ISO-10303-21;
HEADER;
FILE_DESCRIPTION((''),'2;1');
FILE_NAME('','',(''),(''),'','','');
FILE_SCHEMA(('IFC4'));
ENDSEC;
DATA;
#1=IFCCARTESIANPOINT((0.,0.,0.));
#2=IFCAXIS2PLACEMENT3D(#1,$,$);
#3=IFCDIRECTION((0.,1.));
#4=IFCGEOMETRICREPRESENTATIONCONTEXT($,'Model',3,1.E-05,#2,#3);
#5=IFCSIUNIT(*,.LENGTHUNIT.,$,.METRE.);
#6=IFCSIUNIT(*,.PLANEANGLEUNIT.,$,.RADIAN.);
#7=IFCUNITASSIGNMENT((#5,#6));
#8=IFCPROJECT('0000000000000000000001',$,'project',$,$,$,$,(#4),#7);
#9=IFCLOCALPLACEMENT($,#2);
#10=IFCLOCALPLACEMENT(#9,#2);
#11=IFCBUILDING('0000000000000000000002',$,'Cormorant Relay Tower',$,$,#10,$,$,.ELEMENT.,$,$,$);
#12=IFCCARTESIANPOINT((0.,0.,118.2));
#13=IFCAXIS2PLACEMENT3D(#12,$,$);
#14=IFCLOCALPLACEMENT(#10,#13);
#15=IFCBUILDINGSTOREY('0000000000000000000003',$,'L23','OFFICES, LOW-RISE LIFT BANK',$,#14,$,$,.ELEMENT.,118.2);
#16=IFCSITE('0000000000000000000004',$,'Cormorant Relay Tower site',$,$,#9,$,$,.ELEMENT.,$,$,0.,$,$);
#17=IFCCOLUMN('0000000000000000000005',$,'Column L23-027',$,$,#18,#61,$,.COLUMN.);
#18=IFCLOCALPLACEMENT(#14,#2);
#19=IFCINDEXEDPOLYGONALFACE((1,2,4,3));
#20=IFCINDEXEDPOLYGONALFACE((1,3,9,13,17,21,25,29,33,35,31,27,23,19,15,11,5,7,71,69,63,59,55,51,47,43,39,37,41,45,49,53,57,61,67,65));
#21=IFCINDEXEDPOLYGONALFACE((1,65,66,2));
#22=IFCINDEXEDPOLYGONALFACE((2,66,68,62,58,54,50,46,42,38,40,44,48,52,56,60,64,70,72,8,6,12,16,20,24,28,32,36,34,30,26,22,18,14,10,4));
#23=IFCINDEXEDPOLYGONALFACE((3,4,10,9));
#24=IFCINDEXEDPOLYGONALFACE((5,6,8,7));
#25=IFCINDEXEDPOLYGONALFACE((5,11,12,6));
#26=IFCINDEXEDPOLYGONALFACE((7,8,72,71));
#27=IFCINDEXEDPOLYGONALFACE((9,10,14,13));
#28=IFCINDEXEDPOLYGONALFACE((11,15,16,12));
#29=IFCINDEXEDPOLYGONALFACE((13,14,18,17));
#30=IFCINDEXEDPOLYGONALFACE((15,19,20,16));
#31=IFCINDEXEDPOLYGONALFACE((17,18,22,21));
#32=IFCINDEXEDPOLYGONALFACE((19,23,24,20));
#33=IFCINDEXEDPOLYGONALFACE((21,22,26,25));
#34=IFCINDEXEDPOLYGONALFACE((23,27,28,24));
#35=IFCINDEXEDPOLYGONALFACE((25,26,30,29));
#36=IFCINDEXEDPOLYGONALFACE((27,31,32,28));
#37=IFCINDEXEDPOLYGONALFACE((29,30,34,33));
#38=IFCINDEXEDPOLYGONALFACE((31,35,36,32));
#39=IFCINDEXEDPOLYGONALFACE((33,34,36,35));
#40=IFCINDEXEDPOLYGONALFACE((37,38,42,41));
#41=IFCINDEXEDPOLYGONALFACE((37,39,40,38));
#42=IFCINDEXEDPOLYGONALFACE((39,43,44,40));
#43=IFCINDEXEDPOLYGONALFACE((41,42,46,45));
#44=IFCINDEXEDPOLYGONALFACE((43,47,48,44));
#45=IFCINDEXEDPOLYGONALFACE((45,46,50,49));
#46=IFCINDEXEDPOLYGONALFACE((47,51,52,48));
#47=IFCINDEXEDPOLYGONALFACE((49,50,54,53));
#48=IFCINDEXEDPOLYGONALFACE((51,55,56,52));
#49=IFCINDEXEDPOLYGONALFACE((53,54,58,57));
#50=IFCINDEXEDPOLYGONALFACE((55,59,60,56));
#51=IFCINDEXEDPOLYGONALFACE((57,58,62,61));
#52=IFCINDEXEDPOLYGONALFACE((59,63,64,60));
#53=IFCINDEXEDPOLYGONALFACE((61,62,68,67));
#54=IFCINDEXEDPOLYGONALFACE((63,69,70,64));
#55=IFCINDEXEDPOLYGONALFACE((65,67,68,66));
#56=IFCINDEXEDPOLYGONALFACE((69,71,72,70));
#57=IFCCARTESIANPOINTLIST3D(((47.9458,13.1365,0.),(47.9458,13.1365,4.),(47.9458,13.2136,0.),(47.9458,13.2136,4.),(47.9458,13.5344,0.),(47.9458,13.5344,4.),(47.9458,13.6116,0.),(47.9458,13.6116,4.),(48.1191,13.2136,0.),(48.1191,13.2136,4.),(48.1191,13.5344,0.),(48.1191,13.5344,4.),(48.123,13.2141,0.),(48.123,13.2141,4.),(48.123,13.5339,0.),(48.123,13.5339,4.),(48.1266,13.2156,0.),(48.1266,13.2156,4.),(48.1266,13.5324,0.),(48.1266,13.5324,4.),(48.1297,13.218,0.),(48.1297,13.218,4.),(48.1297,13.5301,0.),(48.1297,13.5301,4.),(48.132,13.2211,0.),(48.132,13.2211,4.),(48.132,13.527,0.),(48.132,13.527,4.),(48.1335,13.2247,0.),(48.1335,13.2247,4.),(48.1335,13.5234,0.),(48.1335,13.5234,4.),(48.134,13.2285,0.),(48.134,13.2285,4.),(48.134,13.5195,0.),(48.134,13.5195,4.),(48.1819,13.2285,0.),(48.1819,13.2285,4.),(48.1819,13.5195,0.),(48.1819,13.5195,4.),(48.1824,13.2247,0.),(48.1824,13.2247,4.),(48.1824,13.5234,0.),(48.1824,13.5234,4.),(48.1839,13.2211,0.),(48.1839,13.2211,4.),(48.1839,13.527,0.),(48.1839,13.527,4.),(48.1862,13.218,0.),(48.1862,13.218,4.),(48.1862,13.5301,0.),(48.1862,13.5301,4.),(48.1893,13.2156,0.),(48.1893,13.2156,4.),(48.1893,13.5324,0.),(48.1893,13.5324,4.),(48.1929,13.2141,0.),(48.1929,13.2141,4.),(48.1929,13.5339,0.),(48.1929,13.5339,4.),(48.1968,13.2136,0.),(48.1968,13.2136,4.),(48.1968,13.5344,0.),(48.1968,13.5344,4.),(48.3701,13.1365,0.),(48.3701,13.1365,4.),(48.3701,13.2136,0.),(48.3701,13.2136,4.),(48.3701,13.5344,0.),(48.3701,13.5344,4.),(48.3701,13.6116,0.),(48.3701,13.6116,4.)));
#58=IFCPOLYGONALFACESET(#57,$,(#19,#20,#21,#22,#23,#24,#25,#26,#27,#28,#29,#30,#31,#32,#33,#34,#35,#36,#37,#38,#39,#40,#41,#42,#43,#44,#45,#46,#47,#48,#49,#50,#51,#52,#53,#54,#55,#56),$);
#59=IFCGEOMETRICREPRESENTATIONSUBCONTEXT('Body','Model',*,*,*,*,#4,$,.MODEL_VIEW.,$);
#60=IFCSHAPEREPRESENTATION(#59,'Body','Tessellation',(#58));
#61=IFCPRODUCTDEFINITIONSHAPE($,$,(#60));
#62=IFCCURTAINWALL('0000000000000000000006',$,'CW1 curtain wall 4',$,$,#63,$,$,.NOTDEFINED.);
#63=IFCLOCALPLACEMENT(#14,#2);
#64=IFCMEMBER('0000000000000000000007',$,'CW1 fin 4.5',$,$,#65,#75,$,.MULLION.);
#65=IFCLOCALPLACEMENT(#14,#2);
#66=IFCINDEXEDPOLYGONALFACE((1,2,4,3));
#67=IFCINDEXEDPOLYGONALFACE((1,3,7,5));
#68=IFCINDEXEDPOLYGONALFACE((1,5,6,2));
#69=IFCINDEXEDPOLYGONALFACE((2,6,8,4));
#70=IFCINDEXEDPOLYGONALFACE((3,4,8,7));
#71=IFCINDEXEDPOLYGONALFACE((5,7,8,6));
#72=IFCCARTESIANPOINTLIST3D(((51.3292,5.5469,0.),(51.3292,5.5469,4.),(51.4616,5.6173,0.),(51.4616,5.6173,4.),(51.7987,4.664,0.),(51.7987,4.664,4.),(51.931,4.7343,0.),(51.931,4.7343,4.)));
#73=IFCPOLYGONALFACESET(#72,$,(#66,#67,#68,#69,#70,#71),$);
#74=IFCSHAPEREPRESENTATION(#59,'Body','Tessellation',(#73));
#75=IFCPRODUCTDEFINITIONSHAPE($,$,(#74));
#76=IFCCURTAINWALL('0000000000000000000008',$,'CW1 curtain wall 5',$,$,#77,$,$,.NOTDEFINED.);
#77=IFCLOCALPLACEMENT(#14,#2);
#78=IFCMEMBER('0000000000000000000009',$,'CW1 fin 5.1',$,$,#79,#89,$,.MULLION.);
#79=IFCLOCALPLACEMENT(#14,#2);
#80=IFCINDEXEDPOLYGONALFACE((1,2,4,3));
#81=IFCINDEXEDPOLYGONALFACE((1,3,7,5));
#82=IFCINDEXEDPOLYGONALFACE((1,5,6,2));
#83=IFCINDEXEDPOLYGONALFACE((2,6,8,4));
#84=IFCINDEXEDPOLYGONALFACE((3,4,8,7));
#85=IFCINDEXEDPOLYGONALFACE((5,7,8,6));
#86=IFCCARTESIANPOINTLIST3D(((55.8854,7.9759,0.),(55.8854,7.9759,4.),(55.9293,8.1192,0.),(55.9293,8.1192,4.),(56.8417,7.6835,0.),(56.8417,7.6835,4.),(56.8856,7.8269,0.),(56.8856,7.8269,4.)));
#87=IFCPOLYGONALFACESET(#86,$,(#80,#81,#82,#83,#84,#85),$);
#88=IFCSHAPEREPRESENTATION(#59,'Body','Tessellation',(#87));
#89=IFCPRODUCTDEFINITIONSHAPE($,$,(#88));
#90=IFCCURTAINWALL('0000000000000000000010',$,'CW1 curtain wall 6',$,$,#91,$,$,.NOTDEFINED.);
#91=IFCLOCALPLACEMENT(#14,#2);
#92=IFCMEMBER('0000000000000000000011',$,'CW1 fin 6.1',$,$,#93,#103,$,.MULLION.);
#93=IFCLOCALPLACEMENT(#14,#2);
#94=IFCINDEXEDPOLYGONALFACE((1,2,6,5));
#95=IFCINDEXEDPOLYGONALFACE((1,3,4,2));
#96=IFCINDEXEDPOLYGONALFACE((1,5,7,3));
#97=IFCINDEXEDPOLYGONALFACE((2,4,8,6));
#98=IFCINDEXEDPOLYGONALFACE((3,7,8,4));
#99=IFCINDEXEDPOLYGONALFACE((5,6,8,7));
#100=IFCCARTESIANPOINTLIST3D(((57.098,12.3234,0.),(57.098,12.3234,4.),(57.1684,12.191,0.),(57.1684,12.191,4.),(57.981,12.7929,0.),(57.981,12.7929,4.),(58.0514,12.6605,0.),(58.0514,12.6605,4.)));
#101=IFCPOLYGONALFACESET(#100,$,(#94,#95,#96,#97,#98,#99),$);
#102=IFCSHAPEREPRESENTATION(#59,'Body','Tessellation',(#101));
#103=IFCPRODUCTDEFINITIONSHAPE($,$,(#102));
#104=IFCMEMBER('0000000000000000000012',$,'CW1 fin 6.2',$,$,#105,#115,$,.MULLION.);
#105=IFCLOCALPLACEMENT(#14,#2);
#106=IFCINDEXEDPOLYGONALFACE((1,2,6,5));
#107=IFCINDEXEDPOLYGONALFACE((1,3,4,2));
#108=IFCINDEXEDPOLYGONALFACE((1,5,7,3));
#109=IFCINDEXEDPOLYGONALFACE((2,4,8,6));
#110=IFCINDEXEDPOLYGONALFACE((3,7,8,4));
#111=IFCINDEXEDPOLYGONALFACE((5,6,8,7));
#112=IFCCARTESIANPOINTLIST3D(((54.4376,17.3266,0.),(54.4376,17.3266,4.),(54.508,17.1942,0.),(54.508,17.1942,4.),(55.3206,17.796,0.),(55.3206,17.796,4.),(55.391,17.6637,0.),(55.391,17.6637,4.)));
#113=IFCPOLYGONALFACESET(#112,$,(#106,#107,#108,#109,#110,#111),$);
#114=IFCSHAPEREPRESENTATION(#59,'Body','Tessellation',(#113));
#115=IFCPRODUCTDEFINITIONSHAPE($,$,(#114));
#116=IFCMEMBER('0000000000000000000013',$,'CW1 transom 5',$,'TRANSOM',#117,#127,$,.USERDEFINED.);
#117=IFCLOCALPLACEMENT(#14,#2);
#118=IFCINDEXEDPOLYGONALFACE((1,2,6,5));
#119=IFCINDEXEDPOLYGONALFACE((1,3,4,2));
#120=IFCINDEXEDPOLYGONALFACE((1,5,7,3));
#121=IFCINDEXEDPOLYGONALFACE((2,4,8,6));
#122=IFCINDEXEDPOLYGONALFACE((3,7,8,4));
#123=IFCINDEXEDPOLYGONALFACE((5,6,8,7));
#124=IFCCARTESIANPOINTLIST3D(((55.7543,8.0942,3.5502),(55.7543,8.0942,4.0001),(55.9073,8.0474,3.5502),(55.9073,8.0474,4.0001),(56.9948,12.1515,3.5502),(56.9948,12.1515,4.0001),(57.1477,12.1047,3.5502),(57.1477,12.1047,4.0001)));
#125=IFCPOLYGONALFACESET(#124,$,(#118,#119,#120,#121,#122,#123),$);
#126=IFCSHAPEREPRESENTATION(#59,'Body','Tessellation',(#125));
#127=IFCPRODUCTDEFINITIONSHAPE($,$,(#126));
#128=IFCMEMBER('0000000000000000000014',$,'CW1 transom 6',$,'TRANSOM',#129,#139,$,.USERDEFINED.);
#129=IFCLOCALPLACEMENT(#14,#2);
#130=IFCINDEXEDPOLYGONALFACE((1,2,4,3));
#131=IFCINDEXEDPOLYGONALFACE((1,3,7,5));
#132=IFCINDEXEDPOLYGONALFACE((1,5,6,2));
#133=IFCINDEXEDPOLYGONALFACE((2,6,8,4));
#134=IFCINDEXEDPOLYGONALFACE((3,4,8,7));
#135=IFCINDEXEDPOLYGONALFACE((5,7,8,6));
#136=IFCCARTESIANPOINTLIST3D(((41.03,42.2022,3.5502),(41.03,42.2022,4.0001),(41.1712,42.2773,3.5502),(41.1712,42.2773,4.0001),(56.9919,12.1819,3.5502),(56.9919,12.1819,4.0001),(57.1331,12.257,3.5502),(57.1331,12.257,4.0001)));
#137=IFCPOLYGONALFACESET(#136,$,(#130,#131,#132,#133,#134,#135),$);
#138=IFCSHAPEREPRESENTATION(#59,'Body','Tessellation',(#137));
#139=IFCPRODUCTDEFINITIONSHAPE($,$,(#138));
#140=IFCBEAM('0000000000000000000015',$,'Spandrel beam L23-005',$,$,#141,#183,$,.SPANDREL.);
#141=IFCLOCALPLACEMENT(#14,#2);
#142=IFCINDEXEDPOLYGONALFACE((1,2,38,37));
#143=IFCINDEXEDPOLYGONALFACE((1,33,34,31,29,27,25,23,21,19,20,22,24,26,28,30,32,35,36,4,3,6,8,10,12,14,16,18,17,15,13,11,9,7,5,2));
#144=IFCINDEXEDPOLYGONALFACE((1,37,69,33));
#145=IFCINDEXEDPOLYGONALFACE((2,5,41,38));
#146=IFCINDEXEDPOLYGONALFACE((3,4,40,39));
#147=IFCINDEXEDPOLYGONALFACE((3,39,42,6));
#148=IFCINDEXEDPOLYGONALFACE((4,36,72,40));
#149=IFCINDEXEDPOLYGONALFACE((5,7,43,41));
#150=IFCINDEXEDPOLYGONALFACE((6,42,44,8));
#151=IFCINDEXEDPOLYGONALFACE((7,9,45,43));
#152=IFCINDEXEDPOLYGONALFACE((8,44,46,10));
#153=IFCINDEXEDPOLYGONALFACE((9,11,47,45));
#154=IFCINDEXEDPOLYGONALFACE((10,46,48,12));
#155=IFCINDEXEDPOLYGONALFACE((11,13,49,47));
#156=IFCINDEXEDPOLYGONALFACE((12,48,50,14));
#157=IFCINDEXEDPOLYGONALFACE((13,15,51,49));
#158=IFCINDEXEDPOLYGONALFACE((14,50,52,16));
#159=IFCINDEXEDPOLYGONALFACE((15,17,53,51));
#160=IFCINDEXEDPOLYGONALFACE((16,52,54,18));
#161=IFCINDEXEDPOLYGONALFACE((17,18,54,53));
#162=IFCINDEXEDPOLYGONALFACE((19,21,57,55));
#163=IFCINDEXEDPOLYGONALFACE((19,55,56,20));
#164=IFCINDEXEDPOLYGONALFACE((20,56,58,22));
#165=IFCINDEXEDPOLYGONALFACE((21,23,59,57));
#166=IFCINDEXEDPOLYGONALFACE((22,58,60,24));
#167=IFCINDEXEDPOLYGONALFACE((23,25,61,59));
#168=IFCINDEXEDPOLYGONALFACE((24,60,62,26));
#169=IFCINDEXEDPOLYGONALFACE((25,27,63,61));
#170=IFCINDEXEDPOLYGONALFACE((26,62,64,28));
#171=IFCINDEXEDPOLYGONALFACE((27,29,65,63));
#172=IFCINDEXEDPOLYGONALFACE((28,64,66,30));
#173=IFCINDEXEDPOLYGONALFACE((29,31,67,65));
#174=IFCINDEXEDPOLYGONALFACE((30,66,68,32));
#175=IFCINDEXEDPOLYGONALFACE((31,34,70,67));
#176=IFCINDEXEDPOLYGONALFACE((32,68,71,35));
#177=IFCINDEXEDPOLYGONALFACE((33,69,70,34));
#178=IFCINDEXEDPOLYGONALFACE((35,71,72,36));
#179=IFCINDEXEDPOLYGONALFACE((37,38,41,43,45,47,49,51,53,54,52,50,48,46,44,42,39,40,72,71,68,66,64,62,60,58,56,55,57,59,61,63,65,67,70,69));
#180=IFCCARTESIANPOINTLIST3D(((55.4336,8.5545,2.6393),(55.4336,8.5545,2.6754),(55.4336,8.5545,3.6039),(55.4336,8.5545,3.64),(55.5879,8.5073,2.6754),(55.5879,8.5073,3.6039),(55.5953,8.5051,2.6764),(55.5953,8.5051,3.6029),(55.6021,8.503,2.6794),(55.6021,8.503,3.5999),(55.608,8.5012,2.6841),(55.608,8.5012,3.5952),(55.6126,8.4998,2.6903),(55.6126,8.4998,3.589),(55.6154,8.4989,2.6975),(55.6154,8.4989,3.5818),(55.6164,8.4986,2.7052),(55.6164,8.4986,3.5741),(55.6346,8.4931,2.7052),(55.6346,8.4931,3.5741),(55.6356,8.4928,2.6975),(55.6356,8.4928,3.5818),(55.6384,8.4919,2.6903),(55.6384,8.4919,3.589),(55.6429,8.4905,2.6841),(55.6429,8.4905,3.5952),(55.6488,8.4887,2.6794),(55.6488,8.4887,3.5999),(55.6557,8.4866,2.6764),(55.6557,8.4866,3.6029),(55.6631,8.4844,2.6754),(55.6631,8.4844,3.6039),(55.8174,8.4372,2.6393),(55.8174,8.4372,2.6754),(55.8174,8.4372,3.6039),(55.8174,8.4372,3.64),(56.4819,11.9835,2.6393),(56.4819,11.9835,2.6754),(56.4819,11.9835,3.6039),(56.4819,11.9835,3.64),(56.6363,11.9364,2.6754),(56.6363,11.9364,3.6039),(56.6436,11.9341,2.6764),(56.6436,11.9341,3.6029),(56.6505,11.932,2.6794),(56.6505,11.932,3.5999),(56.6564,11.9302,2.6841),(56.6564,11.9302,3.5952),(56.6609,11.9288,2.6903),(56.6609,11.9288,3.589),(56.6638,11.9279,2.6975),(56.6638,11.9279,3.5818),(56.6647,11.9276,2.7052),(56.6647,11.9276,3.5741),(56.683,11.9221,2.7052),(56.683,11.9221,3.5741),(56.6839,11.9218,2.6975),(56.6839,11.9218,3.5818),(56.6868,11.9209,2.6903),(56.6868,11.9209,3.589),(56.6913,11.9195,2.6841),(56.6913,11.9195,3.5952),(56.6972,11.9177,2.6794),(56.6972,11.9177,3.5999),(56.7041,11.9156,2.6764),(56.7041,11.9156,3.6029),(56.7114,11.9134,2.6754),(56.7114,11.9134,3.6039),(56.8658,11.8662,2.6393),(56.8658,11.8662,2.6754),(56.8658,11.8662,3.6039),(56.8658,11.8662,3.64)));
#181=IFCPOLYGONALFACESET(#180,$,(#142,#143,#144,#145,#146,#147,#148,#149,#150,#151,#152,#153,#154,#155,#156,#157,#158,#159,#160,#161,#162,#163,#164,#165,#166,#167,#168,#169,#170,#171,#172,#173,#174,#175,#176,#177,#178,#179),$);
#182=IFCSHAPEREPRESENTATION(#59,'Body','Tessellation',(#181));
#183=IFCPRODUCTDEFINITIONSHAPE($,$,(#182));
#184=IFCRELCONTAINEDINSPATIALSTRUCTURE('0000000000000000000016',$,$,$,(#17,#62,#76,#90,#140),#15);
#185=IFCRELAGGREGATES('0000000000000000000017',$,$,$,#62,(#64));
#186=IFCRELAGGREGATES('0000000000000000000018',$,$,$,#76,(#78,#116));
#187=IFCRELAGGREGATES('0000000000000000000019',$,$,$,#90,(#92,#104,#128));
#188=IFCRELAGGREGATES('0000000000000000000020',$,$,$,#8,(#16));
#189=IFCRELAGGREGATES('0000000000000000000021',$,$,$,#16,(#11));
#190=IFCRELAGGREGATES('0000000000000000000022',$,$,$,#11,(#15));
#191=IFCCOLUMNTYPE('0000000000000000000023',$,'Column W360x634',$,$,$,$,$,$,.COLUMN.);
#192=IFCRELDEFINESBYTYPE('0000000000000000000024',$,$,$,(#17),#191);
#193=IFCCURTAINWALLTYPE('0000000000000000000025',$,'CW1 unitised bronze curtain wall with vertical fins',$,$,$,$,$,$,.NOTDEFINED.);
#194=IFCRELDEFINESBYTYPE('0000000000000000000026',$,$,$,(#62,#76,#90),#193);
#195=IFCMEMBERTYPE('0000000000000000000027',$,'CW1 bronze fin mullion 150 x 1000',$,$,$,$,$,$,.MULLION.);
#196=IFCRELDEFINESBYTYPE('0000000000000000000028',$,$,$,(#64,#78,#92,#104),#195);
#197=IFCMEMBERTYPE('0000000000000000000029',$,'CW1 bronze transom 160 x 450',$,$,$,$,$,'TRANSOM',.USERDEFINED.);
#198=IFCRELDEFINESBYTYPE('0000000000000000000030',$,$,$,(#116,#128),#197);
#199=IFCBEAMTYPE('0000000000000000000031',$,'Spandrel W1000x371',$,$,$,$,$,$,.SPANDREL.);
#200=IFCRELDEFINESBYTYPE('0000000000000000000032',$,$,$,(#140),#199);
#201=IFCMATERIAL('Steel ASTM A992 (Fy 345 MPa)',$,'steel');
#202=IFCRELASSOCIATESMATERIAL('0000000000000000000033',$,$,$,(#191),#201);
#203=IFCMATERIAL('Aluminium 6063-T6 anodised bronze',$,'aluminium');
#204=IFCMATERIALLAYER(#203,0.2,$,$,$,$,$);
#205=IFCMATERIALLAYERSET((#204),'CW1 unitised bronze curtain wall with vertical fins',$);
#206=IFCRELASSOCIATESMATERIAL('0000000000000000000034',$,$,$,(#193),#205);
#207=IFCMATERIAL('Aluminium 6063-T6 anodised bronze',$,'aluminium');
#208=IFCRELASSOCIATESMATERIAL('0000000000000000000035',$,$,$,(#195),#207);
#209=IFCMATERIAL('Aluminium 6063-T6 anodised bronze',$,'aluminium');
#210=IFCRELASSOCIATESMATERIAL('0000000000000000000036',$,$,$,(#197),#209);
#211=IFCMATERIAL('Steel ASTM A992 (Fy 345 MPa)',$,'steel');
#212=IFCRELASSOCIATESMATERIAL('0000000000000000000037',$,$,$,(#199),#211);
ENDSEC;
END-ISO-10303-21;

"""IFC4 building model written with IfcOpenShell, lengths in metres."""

from ifc_helpers import new_model, si_unit, direction, frame, origin, origin_2d, place, context, subcontext, project, spatial, rectangle, i_section, extrude, material, layer, layer_set, material_profile, profile_set, type_object, element, aggregate, save


model = new_model("IFC4")

# Units and contexts
model_context = context("Model", 3, precision=1e-05, world=origin(), true_north=direction((0.0, 1.0)))
body_context = subcontext(model_context, "Body", "Model", "MODEL_VIEW")
ifc_project = project(units=[si_unit("LENGTHUNIT", "METRE"), si_unit("PLANEANGLEUNIT", "RADIAN")], contexts=[model_context])

# Site, building, storey
site_placement = place(None, origin())
site = spatial("IfcSite", under=ifc_project, at=site_placement, Name="Cormorant Relay Tower site", CompositionType="ELEMENT", RefElevation=0.0)
building_placement = place(site_placement, origin())
building = spatial("IfcBuilding", under=site, at=building_placement, Name="Cormorant Relay Tower", CompositionType="ELEMENT")
storey_placement = place(building_placement, frame((0.0, 0.0, 118.2)))
storey = spatial("IfcBuildingStorey", under=building, at=storey_placement, Name="L23", Description="OFFICES, LOW-RISE LIFT BANK", CompositionType="ELEMENT", Elevation=118.2)

# Column
ifc_material_1 = material(Name="Steel ASTM A992 (Fy 345 MPa)", Category="steel")
ifc_material_profile_1 = material_profile(ifc_material_1, i_section(OverallWidth=0.4243, OverallDepth=0.4751, WebThickness=0.0479, FlangeThickness=0.0771, FilletRadius=0.0149, at=origin_2d()), Name="W360x634")
ifc_profile_set_1 = profile_set([ifc_material_profile_1], Name="Steel ASTM A992 (Fy 345 MPa)")
column_type_1 = type_object("IfcColumnType", Name="Column W360x634", PredefinedType="COLUMN", material=ifc_profile_set_1)
for number, where, z_axis, x_axis, name in (
    (1, (48.158, 13.374, 0.0), (0.0, 0.0, 1.0), (1.0, 0.0, 0.0), "Column L23-027"),
):
    element("IfcColumn", number, at=place(storey_placement, frame(where, z_axis=z_axis, x_axis=x_axis)), inside=storey, type_object=column_type_1, Name=name, PredefinedType="COLUMN", context=body_context, shape_type="SweptSolid", body=[
        extrude(i_section(OverallWidth=0.4243, OverallDepth=0.4751, WebThickness=0.0479, FlangeThickness=0.0771, FilletRadius=0.0149, at=origin_2d()), origin(), (0.0, 0.0, 1.0), 4.0),
    ])

# Curtain walls, members
ifc_material_2 = material(Name="Aluminium 6063-T6 anodised bronze", Category="aluminium")
ifc_layer_1 = layer(ifc_material_2, 0.2)
ifc_layer_set_1 = layer_set([ifc_layer_1], Name="CW1 unitised bronze curtain wall with vertical fins")
curtain_wall_type = type_object("IfcCurtainWallType", Name="CW1 unitised bronze curtain wall with vertical fins", PredefinedType="NOTDEFINED", material=ifc_layer_set_1)
curtain_wall_1_placement = place(storey_placement, origin())
curtain_wall_1 = element("IfcCurtainWall", 2, at=curtain_wall_1_placement, inside=storey, type_object=curtain_wall_type, Name="CW1 curtain wall 4", PredefinedType="NOTDEFINED")
ifc_material_3 = material(Name="Aluminium 6063-T6 anodised bronze", Category="aluminium")
ifc_material_profile_2 = material_profile(ifc_material_3, rectangle(XDim=0.1499, YDim=1.0, at=origin_2d()), Name="AL 150x1000")
ifc_profile_set_2 = profile_set([ifc_material_profile_2], Name="Aluminium 6063-T6 anodised bronze")
member_type_1 = type_object("IfcMemberType", Name="CW1 bronze fin mullion 150 x 1000", PredefinedType="MULLION", material=ifc_profile_set_2)
member_1_placement = place(storey_placement, frame((51.6301, 5.1406, 0.0), z_axis=(0.0, 0.0, 1.0), x_axis=(0.882948, 0.469472, 0.0)))
member_1 = element("IfcMember", 3, at=member_1_placement, type_object=member_type_1, Name="CW1 fin 4.5", PredefinedType="MULLION", context=body_context, shape_type="SweptSolid", body=[
    extrude(rectangle(XDim=0.1499, YDim=1.0, at=origin_2d()), origin(), (0.0, 0.0, 1.0), 4.0),
])
curtain_wall_2_placement = place(storey_placement, origin())
curtain_wall_2 = element("IfcCurtainWall", 4, at=curtain_wall_2_placement, inside=storey, type_object=curtain_wall_type, Name="CW1 curtain wall 5", PredefinedType="NOTDEFINED")
member_2_placement = place(storey_placement, frame((56.3855, 7.9014, 0.0), z_axis=(0.0, 0.0, 1.0), x_axis=(0.292372, 0.956305, 0.0)))
member_2 = element("IfcMember", 5, at=member_2_placement, type_object=member_type_1, Name="CW1 fin 5.1", PredefinedType="MULLION", context=body_context, shape_type="SweptSolid", body=[
    extrude(rectangle(XDim=0.1499, YDim=1.0, at=origin_2d()), origin(), (0.0, 0.0, 1.0), 4.0),
])

# Curtain wall, members
curtain_wall_3_placement = place(storey_placement, origin())
curtain_wall_3 = element("IfcCurtainWall", 6, at=curtain_wall_3_placement, inside=storey, type_object=curtain_wall_type, Name="CW1 curtain wall 6", PredefinedType="NOTDEFINED")
member_3_placement = place(storey_placement, frame((57.5747, 12.4919, 0.0), z_axis=(0.0, 0.0, 1.0), x_axis=(-0.469472, 0.882948, 0.0)))
member_3 = element("IfcMember", 7, at=member_3_placement, type_object=member_type_1, Name="CW1 fin 6.1", PredefinedType="MULLION", context=body_context, shape_type="SweptSolid", body=[
    extrude(rectangle(XDim=0.1499, YDim=1.0, at=origin_2d()), origin(), (0.0, 0.0, 1.0), 4.0),
])
member_4_placement = place(storey_placement, frame((54.9143, 17.4951, 0.0), z_axis=(0.0, 0.0, 1.0), x_axis=(-0.469472, 0.882948, 0.0)))
member_4 = element("IfcMember", 8, at=member_4_placement, type_object=member_type_1, Name="CW1 fin 6.2", PredefinedType="MULLION", context=body_context, shape_type="SweptSolid", body=[
    extrude(rectangle(XDim=0.1499, YDim=1.0, at=origin_2d()), origin(), (0.0, 0.0, 1.0), 4.0),
])

# Members
ifc_material_4 = material(Name="Aluminium 6063-T6 anodised bronze", Category="aluminium")
ifc_material_profile_3 = material_profile(ifc_material_4, rectangle(XDim=0.1599, YDim=0.45, at=origin_2d()), Name="AL 160x450")
ifc_profile_set_3 = profile_set([ifc_material_profile_3], Name="Aluminium 6063-T6 anodised bronze")
member_type_2 = type_object("IfcMemberType", Name="CW1 bronze transom 160 x 450", ElementType="TRANSOM", PredefinedType="USERDEFINED", material=ifc_profile_set_3)
member_5_placement = place(storey_placement, frame((55.8308, 8.0708, 3.7751), z_axis=(0.292375, 0.956304, 0.0), x_axis=(-0.956304, 0.292375, 0.0)))
member_5 = element("IfcMember", 9, at=member_5_placement, type_object=member_type_2, Name="CW1 transom 5", ObjectType="TRANSOM", PredefinedType="USERDEFINED", context=body_context, shape_type="SweptSolid", body=[
    extrude(rectangle(XDim=0.1599, YDim=0.45, at=origin_2d()), origin(), (0.0, 0.0, 1.0), 4.2427),
])
member_6_placement = place(storey_placement, frame((57.0625, 12.2195, 3.7751), z_axis=(-0.469468, 0.882949, 0.0), x_axis=(-0.882949, -0.469468, 0.0)))
member_6 = element("IfcMember", 10, at=member_6_placement, type_object=member_type_2, Name="CW1 transom 6", ObjectType="TRANSOM", PredefinedType="USERDEFINED", context=body_context, shape_type="SweptSolid", body=[
    extrude(rectangle(XDim=0.1599, YDim=0.45, at=origin_2d()), origin(), (0.0, 0.0, 1.0), 34.0),
])

# Beam
ifc_material_5 = material(Name="Steel ASTM A992 (Fy 345 MPa)", Category="steel")
ifc_material_profile_4 = material_profile(ifc_material_5, i_section(OverallWidth=0.4014, OverallDepth=1.0007, WebThickness=0.019, FlangeThickness=0.0361, FilletRadius=0.0298, at=origin_2d()), Name="W1000x371")
ifc_profile_set_4 = profile_set([ifc_material_profile_4], Name="Steel ASTM A992 (Fy 345 MPa)")
beam_type = type_object("IfcBeamType", Name="Spandrel W1000x371", PredefinedType="SPANDREL", material=ifc_profile_set_4)
beam_1_placement = place(storey_placement, frame((55.6255, 8.4958, 3.1396), z_axis=(0.292372, 0.956305, 0.0), x_axis=(-0.956305, 0.292372, 0.0)))
element("IfcBeam", 11, at=beam_1_placement, inside=storey, type_object=beam_type, Name="Spandrel beam L23-005", PredefinedType="SPANDREL", context=body_context, shape_type="SweptSolid", body=[
    extrude(i_section(OverallWidth=0.4014, OverallDepth=1.0007, WebThickness=0.019, FlangeThickness=0.0361, FilletRadius=0.0298, at=origin_2d()), origin(), (0.0, 0.0, 1.0), 3.5857),
])

aggregate(curtain_wall_1, [member_1])
aggregate(curtain_wall_2, [member_2, member_5])
aggregate(curtain_wall_3, [member_3, member_4, member_6])

save(model, "model.ifc")
